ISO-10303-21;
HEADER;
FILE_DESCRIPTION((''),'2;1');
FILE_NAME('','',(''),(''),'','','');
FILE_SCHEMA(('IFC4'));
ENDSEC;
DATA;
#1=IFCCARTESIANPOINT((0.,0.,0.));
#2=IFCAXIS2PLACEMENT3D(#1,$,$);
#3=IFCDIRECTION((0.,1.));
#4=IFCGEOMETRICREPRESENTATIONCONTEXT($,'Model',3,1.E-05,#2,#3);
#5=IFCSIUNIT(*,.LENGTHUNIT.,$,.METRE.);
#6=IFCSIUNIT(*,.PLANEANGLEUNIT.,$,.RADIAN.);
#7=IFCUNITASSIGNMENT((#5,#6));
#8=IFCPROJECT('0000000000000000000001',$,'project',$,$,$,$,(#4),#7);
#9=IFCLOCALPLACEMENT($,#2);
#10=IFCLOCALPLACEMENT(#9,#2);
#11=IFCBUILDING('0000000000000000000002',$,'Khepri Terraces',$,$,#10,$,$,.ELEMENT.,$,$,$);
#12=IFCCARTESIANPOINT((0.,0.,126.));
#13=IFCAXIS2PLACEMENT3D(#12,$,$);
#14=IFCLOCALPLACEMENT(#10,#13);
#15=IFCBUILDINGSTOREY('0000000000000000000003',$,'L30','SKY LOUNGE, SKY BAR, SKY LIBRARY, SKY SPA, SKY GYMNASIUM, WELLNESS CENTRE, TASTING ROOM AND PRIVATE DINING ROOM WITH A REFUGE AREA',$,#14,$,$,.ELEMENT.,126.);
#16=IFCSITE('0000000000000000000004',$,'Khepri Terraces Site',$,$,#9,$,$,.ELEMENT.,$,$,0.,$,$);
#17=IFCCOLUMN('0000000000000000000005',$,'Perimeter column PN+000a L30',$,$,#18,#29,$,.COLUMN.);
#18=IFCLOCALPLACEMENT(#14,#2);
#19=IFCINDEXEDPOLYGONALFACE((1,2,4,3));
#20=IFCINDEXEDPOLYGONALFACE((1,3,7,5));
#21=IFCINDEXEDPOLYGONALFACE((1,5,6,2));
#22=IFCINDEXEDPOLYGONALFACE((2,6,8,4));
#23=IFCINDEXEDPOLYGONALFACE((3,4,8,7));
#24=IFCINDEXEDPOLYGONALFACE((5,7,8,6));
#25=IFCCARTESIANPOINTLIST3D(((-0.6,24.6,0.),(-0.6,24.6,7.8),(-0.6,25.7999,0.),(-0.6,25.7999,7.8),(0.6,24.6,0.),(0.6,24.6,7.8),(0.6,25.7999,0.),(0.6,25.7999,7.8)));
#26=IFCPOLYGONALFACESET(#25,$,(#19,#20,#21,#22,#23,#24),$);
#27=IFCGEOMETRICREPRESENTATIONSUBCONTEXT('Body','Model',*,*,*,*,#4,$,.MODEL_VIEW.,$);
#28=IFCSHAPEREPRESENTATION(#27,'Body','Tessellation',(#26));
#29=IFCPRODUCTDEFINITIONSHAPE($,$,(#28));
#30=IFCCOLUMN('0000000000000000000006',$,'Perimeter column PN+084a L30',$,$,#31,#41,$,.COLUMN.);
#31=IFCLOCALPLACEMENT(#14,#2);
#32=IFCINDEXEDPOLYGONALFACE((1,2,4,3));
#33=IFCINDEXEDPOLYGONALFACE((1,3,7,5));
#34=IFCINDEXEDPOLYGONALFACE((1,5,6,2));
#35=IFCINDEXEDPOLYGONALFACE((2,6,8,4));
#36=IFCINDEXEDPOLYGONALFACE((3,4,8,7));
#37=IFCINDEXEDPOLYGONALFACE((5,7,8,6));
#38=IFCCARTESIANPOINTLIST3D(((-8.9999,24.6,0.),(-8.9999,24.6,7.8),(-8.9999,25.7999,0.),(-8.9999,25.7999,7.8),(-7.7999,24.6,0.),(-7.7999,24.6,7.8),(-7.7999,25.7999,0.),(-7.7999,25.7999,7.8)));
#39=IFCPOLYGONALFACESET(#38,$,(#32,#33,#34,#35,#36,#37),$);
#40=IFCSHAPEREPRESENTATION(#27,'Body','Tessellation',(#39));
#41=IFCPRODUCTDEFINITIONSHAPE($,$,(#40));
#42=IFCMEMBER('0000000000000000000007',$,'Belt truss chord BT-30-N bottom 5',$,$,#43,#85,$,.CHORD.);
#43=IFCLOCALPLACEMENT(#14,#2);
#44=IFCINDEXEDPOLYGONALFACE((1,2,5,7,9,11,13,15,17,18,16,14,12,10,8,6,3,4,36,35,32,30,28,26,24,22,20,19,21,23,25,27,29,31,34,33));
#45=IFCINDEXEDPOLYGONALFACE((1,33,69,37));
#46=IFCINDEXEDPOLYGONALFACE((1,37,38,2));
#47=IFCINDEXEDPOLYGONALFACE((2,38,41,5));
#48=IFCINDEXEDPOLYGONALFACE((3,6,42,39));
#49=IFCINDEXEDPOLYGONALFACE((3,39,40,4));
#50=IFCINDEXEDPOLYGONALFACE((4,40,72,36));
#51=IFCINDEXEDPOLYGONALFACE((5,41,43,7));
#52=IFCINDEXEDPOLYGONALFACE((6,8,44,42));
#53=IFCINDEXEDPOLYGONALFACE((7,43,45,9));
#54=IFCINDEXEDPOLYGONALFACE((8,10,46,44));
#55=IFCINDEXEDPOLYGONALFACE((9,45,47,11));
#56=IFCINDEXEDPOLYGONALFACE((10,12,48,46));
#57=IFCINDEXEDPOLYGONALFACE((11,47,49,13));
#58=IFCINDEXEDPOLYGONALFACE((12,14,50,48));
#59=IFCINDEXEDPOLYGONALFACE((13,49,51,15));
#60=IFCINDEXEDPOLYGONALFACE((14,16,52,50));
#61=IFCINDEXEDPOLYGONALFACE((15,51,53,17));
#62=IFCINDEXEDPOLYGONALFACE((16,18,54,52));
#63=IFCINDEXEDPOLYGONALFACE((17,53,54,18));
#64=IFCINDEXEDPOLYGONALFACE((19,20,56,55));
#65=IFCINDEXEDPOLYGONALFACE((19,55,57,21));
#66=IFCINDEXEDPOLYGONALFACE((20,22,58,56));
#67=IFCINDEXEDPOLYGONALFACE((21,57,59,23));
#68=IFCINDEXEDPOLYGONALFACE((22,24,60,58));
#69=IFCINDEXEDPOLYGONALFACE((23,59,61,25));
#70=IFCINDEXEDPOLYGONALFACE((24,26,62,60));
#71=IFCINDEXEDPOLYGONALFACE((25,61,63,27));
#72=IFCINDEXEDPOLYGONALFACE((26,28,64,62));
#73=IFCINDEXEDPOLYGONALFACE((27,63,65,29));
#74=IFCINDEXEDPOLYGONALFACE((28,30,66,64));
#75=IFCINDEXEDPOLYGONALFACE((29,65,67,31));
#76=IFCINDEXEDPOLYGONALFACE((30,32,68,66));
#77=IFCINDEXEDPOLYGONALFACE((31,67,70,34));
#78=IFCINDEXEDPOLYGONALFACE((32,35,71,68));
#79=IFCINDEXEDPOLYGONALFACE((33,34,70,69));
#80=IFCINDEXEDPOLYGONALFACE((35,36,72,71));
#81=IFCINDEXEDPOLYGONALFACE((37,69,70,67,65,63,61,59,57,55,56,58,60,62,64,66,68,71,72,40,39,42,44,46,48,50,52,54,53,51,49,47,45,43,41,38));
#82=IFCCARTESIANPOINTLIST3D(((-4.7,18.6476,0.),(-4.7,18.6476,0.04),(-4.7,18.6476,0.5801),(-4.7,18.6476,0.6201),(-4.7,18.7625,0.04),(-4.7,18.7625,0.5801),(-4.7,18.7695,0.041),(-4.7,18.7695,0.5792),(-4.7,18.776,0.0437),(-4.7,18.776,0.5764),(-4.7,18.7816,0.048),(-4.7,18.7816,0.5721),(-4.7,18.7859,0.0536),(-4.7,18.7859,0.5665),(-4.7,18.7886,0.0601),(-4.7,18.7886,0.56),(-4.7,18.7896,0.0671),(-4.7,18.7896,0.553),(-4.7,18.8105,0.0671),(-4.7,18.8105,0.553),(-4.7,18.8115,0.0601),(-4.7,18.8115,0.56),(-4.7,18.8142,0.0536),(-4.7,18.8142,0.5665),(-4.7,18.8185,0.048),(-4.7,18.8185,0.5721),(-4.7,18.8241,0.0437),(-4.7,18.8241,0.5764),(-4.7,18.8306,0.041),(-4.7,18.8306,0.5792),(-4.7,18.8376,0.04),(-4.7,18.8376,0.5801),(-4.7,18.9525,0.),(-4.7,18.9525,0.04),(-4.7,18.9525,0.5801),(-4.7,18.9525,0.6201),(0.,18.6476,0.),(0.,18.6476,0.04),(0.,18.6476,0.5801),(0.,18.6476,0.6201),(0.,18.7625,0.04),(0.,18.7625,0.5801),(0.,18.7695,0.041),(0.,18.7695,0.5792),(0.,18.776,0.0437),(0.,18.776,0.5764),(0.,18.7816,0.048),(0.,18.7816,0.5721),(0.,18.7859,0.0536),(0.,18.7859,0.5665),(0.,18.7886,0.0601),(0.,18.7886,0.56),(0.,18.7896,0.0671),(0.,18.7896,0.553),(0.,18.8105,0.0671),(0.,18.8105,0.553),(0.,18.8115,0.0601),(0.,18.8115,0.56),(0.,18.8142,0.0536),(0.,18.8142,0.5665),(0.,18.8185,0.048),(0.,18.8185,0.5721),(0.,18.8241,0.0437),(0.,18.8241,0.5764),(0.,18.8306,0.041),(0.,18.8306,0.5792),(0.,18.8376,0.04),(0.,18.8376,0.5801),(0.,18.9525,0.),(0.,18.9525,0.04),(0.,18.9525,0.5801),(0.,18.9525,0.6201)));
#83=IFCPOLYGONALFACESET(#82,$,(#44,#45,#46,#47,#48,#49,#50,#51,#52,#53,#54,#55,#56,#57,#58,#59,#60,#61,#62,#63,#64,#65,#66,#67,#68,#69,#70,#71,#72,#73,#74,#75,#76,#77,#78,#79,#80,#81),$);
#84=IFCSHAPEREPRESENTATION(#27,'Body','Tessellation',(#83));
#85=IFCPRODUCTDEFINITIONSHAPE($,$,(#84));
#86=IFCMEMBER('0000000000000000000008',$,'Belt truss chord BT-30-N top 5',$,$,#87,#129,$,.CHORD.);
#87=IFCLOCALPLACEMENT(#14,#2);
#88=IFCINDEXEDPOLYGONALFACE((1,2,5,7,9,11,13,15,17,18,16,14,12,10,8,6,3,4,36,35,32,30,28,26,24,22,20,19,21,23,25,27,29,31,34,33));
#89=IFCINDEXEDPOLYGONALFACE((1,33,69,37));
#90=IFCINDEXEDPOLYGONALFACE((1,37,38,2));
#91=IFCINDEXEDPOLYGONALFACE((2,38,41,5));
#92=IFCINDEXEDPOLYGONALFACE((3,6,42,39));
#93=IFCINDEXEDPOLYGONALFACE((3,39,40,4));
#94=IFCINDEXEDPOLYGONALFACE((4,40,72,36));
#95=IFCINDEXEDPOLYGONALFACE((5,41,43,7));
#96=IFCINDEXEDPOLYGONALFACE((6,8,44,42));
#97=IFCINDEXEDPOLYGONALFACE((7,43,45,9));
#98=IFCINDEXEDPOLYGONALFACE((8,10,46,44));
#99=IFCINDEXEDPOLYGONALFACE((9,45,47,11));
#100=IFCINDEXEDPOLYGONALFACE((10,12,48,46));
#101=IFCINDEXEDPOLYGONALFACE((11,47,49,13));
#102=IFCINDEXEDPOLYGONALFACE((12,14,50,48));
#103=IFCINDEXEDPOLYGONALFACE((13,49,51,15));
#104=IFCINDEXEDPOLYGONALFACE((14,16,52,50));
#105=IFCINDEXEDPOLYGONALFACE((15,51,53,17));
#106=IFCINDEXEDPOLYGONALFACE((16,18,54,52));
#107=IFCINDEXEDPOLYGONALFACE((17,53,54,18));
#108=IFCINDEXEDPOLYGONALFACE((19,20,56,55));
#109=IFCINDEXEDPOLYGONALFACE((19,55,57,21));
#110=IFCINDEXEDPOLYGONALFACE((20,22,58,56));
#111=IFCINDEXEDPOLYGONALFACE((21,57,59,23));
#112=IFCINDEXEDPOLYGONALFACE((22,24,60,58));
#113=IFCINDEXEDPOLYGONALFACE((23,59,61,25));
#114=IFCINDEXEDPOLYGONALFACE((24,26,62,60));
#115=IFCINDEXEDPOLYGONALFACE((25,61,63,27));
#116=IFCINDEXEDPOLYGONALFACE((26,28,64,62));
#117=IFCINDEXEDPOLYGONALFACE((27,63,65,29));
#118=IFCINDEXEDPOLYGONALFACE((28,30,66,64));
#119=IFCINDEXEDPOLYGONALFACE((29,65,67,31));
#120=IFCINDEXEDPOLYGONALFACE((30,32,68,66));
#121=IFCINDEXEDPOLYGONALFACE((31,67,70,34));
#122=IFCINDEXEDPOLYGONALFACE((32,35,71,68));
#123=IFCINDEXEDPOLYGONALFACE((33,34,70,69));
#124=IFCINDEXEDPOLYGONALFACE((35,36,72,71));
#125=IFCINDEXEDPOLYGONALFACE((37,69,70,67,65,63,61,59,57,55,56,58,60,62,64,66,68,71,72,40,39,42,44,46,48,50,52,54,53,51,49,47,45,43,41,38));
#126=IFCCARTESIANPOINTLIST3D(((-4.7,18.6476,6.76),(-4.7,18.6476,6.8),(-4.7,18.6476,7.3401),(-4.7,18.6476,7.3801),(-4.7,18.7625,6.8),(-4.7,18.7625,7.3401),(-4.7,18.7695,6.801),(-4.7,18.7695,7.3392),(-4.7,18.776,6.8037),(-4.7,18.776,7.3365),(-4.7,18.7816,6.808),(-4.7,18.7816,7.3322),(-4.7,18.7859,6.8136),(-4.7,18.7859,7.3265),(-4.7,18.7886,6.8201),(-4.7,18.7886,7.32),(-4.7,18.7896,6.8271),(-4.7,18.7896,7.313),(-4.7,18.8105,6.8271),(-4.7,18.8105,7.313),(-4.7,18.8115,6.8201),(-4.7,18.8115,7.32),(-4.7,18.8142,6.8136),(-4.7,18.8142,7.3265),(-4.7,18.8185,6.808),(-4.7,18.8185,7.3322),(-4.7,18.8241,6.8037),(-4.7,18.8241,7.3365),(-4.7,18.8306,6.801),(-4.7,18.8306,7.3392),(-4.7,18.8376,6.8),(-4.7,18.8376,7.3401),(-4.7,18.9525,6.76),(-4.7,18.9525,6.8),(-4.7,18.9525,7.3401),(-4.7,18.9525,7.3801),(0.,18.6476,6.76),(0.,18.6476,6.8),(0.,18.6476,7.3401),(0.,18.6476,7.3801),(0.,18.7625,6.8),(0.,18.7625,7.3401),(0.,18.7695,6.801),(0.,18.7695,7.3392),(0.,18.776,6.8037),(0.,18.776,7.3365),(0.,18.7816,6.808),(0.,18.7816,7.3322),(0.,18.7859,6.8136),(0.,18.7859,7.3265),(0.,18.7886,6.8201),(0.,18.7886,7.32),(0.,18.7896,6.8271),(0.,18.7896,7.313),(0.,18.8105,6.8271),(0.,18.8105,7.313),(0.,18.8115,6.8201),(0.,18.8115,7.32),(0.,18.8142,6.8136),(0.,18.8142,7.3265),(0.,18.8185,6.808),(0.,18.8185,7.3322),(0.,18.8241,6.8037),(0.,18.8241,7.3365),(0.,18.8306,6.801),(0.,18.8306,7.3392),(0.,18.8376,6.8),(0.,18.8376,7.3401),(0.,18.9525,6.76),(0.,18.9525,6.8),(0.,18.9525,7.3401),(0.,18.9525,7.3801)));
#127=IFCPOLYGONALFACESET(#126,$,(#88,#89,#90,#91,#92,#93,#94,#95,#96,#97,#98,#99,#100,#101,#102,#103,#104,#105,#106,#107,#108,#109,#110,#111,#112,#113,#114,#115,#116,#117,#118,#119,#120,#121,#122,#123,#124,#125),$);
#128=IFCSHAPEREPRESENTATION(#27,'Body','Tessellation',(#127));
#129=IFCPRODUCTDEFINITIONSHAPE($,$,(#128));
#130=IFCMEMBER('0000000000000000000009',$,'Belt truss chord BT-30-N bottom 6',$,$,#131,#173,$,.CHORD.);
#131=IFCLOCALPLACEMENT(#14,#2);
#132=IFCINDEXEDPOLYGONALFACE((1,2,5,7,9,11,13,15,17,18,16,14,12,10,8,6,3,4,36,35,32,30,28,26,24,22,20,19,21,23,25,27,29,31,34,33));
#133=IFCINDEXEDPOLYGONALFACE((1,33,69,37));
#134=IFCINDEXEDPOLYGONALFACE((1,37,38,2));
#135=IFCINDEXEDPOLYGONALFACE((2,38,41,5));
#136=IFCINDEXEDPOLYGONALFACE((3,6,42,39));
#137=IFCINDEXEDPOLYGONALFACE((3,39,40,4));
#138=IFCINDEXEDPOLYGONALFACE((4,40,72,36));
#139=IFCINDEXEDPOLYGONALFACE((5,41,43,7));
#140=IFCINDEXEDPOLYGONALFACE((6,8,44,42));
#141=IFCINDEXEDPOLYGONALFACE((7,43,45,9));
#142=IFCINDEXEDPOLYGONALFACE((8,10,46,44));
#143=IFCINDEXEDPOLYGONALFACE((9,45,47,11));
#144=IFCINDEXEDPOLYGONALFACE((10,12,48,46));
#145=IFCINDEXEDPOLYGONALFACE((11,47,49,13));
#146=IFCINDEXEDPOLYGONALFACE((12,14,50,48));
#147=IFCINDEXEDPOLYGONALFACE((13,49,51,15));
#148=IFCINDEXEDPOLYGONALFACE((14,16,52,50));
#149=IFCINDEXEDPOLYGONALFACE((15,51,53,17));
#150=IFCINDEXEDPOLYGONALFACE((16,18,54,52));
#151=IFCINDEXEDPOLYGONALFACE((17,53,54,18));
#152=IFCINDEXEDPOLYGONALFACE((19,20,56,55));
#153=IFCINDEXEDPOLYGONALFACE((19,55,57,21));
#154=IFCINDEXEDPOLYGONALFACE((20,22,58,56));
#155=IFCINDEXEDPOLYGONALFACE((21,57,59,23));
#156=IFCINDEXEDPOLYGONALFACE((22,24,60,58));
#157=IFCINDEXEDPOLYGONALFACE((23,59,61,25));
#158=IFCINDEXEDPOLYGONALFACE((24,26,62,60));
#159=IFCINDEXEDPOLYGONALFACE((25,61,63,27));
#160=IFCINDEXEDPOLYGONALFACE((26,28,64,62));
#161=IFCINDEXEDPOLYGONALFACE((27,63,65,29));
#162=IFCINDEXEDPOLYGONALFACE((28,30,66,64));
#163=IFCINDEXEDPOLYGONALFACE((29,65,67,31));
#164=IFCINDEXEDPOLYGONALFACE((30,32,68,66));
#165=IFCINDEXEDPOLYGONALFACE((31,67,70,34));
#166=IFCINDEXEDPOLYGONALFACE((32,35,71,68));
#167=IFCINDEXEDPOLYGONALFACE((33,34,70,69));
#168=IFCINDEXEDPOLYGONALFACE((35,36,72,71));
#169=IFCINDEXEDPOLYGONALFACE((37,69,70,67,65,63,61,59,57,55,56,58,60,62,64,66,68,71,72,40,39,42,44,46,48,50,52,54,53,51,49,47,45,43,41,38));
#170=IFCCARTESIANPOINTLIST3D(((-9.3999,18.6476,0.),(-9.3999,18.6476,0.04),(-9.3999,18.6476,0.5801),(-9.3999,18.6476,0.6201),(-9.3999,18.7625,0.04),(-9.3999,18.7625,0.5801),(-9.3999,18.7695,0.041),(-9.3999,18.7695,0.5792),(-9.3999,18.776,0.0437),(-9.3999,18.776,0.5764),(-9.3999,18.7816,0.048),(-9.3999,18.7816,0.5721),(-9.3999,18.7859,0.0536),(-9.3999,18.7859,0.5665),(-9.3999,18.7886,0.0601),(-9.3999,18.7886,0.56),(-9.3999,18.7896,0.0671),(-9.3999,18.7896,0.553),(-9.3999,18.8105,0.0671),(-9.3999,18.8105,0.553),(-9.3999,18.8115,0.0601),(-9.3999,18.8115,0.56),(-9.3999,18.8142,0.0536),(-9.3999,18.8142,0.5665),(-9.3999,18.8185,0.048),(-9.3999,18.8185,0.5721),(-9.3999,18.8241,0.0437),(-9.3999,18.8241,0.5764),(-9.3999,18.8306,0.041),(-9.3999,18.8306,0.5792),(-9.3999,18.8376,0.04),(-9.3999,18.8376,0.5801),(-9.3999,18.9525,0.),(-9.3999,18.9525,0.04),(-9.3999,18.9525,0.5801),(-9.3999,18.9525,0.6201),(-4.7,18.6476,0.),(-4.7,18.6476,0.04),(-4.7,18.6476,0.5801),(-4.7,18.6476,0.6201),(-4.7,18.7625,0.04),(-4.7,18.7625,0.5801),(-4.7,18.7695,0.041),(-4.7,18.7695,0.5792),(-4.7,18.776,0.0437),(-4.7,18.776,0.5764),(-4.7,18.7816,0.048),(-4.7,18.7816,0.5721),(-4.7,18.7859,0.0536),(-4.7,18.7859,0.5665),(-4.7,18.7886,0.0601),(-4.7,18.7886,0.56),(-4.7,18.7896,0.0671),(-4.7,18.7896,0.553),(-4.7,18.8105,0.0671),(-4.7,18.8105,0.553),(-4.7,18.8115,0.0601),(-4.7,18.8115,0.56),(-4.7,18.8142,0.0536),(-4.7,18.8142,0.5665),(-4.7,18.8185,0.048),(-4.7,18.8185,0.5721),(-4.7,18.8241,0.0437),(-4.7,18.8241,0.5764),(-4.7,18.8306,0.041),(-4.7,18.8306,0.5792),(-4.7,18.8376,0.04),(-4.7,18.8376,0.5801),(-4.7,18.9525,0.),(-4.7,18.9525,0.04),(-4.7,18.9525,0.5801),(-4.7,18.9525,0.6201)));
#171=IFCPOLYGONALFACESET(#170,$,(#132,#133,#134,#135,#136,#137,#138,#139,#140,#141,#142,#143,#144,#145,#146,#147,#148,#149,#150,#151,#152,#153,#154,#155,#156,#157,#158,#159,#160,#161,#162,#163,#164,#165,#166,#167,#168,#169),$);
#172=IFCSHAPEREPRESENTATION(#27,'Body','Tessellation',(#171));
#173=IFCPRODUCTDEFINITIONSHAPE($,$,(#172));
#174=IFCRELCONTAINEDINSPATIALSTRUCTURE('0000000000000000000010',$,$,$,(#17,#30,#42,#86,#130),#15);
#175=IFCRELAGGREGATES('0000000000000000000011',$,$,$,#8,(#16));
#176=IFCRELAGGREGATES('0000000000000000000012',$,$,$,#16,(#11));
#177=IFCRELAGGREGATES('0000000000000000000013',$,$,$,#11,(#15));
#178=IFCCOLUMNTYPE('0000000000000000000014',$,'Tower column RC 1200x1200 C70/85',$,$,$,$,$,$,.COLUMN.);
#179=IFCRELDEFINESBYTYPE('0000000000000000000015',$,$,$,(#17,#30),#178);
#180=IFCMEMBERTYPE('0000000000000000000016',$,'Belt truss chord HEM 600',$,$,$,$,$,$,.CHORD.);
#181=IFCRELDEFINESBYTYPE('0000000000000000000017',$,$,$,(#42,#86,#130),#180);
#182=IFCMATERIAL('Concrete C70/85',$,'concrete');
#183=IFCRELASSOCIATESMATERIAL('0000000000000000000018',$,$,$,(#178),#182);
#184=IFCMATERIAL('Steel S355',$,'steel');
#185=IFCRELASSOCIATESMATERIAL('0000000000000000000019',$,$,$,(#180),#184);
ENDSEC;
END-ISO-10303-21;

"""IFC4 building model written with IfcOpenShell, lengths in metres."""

from ifc_helpers import new_model, si_unit, direction, frame, origin, origin_2d, place, context, subcontext, project, spatial, rectangle, i_section, extrude, material, material_profile, profile_set, type_object, element, save


model = new_model("IFC4")

# Units and contexts
model_context = context("Model", 3, precision=1e-05, world=origin(), true_north=direction((0.0, 1.0)))
body_context = subcontext(model_context, "Body", "Model", "MODEL_VIEW")
ifc_project = project(units=[si_unit("LENGTHUNIT", "METRE"), si_unit("PLANEANGLEUNIT", "RADIAN")], contexts=[model_context])

# Site, building, storey
site_placement = place(None, origin())
site = spatial("IfcSite", under=ifc_project, at=site_placement, Name="Khepri Terraces Site", CompositionType="ELEMENT", RefElevation=0.0)
building_placement = place(site_placement, origin())
building = spatial("IfcBuilding", under=site, at=building_placement, Name="Khepri Terraces", CompositionType="ELEMENT")
storey_placement = place(building_placement, frame((0.0, 0.0, 126.0)))
storey = spatial("IfcBuildingStorey", under=building, at=storey_placement, Name="L30", Description="SKY LOUNGE, SKY BAR, SKY LIBRARY, SKY SPA, SKY GYMNASIUM, WELLNESS CENTRE, TASTING ROOM AND PRIVATE DINING ROOM WITH A REFUGE AREA", CompositionType="ELEMENT", Elevation=126.0)

# Columns
ifc_material_1 = material(Name="Concrete C70/85", Category="concrete")
ifc_material_profile_1 = material_profile(ifc_material_1, rectangle(XDim=1.2, YDim=1.2, at=origin_2d()), Name="Concrete C70/85", Category="concrete")
ifc_profile_set_1 = profile_set([ifc_material_profile_1], Name="Concrete C70/85")
column_type = type_object("IfcColumnType", Name="Tower column RC 1200x1200 C70/85", PredefinedType="COLUMN", material=ifc_profile_set_1)
for number, where, z_axis, x_axis, name in (
    (1, (0.0, 25.2, 0.0), (0.0, 0.0, 1.0), (1.0, 0.0, 0.0), "Perimeter column PN+000a L30"),
    (2, (-8.3999, 25.2, 0.0), (0.0, 0.0, 1.0), (1.0, 0.0, 0.0), "Perimeter column PN+084a L30"),
):
    element("IfcColumn", number, at=place(storey_placement, frame(where, z_axis=z_axis, x_axis=x_axis)), inside=storey, type_object=column_type, Name=name, PredefinedType="COLUMN", context=body_context, shape_type="SweptSolid", body=[
        extrude(rectangle(XDim=1.2, YDim=1.2, at=origin_2d()), origin(), (0.0, 0.0, 1.0), 7.8),
    ])

# Members
ifc_material_2 = material(Name="Steel S355", Category="steel")
ifc_material_profile_2 = material_profile(ifc_material_2, i_section(OverallWidth=0.3049, OverallDepth=0.6201, WebThickness=0.021, FlangeThickness=0.04, FilletRadius=0.0271, at=origin_2d()), Name="Steel S355", Category="steel")
ifc_profile_set_2 = profile_set([ifc_material_profile_2], Name="Steel S355")
member_type_1 = type_object("IfcMemberType", Name="Belt truss chord HEM 600", PredefinedType="CHORD", material=ifc_profile_set_2)
for number, where, z_axis, x_axis, name in (
    (3, (0.0, 18.8, 0.3101), (-1.0, 0.0, 0.0), (0.0, -1.0, 0.0), "Belt truss chord BT-30-N bottom 5"),
    (4, (0.0, 18.8, 7.0701), (-1.0, 0.0, 0.0), (0.0, -1.0, 0.0), "Belt truss chord BT-30-N top 5"),
    (5, (-4.7, 18.8, 0.3101), (-1.0, 0.0, 0.0), (0.0, -1.0, 0.0), "Belt truss chord BT-30-N bottom 6"),
):
    element("IfcMember", number, at=place(storey_placement, frame(where, z_axis=z_axis, x_axis=x_axis)), inside=storey, type_object=member_type_1, Name=name, PredefinedType="CHORD", context=body_context, shape_type="SweptSolid", body=[
        extrude(i_section(OverallWidth=0.3049, OverallDepth=0.6201, WebThickness=0.021, FlangeThickness=0.04, FilletRadius=0.0271, at=origin_2d()), origin(), (0.0, 0.0, 1.0), 4.7),
    ])

save(model, "model.ifc")
